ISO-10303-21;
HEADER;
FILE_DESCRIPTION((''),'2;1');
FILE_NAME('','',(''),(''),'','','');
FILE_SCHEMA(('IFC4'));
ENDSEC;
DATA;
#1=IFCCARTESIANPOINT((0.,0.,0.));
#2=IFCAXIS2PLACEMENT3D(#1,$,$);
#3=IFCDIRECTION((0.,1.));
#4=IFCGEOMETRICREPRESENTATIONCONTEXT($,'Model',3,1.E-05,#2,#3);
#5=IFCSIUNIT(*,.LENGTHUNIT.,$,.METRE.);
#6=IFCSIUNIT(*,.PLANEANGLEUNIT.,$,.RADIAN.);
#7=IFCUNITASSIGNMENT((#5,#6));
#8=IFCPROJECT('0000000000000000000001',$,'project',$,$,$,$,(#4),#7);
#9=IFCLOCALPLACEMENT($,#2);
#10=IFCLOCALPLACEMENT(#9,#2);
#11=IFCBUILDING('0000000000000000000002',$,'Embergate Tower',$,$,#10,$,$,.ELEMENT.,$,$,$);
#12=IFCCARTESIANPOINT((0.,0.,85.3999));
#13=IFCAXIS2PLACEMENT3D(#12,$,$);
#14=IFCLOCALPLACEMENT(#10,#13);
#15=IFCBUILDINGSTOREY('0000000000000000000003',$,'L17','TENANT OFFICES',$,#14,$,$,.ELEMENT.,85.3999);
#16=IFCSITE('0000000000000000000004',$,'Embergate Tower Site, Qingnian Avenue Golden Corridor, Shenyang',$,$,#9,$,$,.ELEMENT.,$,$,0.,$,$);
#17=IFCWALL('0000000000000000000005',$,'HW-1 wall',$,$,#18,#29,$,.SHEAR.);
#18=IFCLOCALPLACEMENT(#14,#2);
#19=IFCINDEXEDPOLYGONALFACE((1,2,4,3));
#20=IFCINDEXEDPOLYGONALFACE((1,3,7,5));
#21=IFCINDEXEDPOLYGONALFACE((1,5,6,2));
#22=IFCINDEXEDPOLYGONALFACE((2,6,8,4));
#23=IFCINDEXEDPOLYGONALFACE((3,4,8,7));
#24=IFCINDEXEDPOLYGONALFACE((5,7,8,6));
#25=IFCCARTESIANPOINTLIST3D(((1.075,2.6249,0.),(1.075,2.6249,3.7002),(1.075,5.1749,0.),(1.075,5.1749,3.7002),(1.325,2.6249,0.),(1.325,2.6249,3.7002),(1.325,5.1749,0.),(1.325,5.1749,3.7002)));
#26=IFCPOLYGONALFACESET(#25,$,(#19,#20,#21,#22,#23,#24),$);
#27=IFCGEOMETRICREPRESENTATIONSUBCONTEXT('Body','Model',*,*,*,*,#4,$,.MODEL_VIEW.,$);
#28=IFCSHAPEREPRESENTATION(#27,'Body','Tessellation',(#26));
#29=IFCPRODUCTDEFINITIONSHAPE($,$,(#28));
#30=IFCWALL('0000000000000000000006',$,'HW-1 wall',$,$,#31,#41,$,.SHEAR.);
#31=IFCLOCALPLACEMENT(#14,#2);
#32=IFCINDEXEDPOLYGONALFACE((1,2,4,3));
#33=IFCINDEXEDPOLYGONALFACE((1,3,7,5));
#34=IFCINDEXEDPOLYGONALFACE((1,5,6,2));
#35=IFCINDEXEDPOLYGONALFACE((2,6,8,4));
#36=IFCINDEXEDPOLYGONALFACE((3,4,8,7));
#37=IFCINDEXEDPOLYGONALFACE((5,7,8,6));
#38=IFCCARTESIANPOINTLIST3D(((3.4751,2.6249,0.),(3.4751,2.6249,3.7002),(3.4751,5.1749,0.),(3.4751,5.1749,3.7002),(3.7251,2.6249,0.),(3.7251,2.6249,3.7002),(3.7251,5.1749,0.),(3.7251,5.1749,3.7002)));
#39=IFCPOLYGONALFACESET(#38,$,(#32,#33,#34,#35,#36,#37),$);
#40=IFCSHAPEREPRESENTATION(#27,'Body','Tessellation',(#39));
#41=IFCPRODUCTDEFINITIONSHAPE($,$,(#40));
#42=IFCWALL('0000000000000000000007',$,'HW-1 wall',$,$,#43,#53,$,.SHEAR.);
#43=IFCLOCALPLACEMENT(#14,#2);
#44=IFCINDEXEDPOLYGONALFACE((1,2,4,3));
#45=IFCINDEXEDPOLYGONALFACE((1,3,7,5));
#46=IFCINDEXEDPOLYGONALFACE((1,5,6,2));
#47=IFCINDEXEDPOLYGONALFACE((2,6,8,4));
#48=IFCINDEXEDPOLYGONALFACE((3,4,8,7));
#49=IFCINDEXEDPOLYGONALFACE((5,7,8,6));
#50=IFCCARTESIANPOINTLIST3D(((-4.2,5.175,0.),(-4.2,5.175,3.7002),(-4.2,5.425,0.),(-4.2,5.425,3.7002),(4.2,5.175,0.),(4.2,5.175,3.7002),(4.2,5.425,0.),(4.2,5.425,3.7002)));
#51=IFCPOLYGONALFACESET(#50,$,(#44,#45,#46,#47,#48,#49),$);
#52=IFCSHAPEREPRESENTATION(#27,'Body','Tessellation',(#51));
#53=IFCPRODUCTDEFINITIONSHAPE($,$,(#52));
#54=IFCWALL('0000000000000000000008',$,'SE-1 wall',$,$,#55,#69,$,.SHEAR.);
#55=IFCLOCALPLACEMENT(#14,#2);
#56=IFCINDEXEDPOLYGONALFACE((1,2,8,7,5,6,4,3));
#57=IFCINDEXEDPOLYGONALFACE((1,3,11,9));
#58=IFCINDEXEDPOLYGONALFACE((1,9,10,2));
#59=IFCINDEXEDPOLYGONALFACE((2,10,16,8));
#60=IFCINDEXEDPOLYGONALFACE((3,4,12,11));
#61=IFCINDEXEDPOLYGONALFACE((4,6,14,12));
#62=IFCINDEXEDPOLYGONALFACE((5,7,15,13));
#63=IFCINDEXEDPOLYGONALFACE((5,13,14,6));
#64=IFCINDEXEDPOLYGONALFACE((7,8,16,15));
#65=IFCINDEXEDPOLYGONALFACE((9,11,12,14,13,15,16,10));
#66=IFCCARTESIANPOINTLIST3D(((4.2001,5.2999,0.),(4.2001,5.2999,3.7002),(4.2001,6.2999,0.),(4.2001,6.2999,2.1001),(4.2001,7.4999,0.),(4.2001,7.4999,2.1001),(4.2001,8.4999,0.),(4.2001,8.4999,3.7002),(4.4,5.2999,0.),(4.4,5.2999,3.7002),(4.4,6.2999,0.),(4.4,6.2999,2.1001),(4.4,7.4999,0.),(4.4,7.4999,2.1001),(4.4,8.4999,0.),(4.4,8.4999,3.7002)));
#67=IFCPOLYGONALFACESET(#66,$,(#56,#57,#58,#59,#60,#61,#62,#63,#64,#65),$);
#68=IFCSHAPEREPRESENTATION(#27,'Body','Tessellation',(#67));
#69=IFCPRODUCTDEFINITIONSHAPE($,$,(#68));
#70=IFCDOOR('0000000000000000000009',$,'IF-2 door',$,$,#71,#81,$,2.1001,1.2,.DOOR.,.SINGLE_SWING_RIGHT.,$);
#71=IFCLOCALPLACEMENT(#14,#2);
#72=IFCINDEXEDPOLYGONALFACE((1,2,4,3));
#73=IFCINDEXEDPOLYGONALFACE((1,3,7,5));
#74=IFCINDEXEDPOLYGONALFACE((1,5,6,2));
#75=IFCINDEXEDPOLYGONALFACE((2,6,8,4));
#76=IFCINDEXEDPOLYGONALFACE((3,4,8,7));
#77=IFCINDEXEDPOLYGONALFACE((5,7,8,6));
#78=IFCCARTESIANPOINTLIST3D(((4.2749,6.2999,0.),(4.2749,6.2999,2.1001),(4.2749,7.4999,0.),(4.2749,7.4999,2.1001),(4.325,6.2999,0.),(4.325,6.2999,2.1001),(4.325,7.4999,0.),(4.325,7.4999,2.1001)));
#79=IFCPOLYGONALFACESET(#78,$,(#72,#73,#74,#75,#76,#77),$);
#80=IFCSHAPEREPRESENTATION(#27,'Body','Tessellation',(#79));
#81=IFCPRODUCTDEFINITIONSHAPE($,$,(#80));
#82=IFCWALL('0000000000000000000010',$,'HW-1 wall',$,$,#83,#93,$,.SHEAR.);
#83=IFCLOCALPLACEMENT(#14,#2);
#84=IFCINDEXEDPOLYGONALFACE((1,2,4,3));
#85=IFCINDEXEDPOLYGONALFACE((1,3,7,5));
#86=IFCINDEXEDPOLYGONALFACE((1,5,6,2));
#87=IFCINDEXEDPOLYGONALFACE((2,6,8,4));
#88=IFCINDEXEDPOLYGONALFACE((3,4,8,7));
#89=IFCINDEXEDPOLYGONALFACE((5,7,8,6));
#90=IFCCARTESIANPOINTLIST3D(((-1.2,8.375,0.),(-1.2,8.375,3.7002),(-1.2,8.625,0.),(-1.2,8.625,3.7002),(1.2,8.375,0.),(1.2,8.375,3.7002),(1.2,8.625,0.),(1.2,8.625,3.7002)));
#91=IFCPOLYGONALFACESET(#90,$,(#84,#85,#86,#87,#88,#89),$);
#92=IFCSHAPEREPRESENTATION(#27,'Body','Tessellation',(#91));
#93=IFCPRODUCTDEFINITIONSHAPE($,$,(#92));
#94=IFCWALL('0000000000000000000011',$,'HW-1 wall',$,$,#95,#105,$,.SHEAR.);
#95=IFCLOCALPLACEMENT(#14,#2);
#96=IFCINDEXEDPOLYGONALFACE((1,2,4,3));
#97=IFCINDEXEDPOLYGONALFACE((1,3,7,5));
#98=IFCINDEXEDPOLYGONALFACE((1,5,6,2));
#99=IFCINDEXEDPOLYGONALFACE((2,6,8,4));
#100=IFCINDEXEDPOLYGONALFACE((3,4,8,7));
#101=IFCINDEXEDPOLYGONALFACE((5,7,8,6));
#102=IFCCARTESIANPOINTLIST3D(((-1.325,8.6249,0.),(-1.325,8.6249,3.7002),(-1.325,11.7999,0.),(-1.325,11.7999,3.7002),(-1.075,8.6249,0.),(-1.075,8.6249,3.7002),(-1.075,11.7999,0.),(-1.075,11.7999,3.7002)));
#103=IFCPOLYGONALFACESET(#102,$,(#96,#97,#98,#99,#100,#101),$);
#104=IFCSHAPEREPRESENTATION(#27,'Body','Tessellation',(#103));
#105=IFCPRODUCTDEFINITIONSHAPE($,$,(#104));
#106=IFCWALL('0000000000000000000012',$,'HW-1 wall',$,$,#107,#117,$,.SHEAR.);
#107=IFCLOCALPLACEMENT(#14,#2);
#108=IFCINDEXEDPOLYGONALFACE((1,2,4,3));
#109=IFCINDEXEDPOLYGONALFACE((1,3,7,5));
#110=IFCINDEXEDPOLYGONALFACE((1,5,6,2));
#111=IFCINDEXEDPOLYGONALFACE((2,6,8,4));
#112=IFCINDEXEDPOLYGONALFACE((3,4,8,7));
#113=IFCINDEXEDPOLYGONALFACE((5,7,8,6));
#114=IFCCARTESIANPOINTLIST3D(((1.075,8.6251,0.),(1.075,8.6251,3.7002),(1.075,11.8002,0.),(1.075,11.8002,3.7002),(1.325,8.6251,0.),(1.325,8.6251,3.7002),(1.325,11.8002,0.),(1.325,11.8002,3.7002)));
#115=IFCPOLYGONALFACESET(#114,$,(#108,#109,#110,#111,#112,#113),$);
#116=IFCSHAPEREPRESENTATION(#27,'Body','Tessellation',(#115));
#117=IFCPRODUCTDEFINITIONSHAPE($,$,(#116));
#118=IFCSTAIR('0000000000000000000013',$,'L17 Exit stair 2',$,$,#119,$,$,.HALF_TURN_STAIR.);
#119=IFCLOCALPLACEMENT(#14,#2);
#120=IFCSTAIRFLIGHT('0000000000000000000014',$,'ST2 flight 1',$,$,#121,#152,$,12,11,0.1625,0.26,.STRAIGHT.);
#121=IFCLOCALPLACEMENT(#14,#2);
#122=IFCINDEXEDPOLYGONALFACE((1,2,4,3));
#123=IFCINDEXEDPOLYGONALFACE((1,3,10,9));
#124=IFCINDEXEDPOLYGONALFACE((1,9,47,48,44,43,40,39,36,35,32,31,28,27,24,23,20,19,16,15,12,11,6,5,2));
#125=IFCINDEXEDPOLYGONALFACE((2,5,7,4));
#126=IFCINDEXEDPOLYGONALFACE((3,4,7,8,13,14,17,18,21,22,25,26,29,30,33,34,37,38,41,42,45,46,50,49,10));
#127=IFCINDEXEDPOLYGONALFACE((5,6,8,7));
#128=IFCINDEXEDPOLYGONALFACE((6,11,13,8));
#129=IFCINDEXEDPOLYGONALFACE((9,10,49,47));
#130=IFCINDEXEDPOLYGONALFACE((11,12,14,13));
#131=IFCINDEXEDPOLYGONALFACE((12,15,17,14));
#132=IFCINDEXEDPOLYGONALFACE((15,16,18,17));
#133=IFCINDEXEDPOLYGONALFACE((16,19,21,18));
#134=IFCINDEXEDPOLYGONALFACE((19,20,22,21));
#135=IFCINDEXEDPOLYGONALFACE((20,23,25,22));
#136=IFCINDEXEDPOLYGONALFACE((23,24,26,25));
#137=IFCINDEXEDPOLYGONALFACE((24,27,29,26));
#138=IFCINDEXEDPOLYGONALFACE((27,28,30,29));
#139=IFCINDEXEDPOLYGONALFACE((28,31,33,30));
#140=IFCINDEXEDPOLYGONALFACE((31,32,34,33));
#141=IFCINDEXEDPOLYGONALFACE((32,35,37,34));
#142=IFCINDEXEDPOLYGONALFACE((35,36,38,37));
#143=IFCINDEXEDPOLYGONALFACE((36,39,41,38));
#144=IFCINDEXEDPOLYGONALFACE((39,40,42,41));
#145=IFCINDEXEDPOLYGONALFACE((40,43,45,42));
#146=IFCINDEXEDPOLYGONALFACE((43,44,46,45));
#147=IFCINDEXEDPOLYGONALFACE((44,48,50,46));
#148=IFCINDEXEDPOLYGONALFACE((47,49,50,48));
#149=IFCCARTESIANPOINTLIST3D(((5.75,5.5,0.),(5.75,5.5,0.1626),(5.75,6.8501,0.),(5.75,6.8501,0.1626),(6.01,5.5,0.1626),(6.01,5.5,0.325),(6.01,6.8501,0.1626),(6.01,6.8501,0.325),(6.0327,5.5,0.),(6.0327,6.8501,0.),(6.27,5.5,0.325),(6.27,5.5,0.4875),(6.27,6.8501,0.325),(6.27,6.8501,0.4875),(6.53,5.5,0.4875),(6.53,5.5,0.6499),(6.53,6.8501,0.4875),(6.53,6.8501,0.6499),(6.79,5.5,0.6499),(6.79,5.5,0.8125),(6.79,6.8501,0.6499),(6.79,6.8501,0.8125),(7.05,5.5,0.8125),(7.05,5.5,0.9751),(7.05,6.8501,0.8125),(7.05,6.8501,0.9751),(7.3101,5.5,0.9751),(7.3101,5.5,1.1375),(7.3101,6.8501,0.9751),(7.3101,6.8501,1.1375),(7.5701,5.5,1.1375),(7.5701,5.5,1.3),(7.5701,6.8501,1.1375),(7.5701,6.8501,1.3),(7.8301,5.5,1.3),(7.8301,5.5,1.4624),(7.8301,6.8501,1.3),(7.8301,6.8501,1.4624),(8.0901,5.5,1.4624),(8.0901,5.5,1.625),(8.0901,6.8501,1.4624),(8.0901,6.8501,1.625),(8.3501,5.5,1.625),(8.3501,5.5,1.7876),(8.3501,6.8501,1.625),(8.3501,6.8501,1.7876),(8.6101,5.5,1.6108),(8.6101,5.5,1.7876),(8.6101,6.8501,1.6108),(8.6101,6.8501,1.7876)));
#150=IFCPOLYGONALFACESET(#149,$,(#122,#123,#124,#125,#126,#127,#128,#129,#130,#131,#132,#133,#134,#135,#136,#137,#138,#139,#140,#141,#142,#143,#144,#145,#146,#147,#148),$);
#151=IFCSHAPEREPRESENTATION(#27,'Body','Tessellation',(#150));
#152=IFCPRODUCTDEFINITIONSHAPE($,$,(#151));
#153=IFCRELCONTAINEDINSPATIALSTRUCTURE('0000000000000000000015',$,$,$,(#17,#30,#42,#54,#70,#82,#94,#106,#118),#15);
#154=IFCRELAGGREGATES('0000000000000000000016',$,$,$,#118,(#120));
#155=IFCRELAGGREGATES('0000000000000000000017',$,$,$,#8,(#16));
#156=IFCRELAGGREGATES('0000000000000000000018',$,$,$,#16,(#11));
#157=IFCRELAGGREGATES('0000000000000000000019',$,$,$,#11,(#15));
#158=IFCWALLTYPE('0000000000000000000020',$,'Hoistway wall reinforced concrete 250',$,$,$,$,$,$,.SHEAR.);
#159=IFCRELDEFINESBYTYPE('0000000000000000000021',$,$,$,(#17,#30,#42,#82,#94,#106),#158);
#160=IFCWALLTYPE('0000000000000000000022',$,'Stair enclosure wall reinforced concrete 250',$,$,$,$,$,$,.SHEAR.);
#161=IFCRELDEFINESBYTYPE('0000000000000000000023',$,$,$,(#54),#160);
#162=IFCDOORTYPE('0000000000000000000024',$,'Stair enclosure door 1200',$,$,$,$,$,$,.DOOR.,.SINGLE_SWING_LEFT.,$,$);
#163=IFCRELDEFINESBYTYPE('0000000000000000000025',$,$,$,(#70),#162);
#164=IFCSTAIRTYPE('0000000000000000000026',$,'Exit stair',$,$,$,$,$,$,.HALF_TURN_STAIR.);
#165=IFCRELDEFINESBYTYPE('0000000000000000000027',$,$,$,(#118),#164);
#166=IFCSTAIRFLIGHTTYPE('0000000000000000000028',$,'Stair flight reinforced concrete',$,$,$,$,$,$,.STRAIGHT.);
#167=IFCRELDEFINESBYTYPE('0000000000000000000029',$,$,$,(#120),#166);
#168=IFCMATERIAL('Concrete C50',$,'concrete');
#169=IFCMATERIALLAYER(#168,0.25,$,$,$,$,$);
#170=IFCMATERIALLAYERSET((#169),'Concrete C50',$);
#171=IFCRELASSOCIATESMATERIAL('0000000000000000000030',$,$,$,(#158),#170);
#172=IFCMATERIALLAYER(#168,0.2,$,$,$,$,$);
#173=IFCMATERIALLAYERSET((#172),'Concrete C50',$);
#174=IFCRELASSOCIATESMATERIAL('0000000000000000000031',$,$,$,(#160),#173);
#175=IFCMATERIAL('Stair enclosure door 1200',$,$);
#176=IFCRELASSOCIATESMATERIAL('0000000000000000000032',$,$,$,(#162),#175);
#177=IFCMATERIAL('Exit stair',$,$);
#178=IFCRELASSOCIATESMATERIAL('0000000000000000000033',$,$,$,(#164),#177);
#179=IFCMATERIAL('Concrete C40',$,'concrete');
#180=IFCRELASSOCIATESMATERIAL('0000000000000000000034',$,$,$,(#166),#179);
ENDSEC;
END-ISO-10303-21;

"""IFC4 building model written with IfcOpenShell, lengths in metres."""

from ifc_helpers import new_model, si_unit, direction, frame, frame_2d, origin, place, context, subcontext, project, spatial, polyline, rectangle, outline, extrude, source, transform, mapped, material, layer, layer_set, type_object, element, fill, aggregate, save


model = new_model("IFC4")

# Units and contexts
model_context = context("Model", 3, precision=1e-05, world=origin(), true_north=direction((0.0, 1.0)))
body_context = subcontext(model_context, "Body", "Model", "MODEL_VIEW")
ifc_project = project(units=[si_unit("LENGTHUNIT", "METRE"), si_unit("PLANEANGLEUNIT", "RADIAN")], contexts=[model_context])

# Site, building, storey
site_placement = place(None, origin())
site = spatial("IfcSite", under=ifc_project, at=site_placement, Name="Embergate Tower Site, Qingnian Avenue Golden Corridor, Shenyang", CompositionType="ELEMENT", RefElevation=0.0)
building_placement = place(site_placement, origin())
building = spatial("IfcBuilding", under=site, at=building_placement, Name="Embergate Tower", CompositionType="ELEMENT")
storey_placement = place(building_placement, frame((0.0, 0.0, 85.3999)))
storey = spatial("IfcBuildingStorey", under=building, at=storey_placement, Name="L17", Description="TENANT OFFICES", CompositionType="ELEMENT", Elevation=85.3999)

# Shared definitions
shared_shape_1 = source(origin(), body_context, "Body", "SweptSolid", [
    extrude(rectangle(XDim=1.2, YDim=2.1001, at=frame_2d((0.6001, 1.05))), frame((0.0, 0.0249, 0.0), z_axis=(0.0, -1.0, 0.0), x_axis=(1.0, 0.0, 0.0)), (0.0, 0.0, 1.0), 0.05),
])

# Walls
ifc_material_1 = material(Name="Concrete C50", Category="concrete")
ifc_layer_1 = layer(ifc_material_1, 0.25)
ifc_layer_set_1 = layer_set([ifc_layer_1], Name="Concrete C50")
wall_type_1 = type_object("IfcWallType", Name="Hoistway wall reinforced concrete 250", PredefinedType="SHEAR", material=ifc_layer_set_1)
shared_shape_2 = source(origin(), body_context, "Body", "SweptSolid", [
    extrude(rectangle(XDim=2.55, YDim=0.25, at=frame_2d((1.2749, 0.0))), origin(), (0.0, 0.0, 1.0), 3.7002),
])
for number, where, z_axis, x_axis, name in (
    (1, (1.2, 2.625, 0.0), (0.0, 0.0, 1.0), (0.0, 1.0, 0.0), "HW-1 wall"),
    (2, (3.6001, 2.625, 0.0), (0.0, 0.0, 1.0), (0.0, 1.0, 0.0), "HW-1 wall"),
):
    element("IfcWall", number, at=place(storey_placement, frame(where, z_axis=z_axis, x_axis=x_axis)), inside=storey, type_object=wall_type_1, Name=name, PredefinedType="SHEAR", context=body_context, shape_type="MappedRepresentation", body=[
        mapped(shared_shape_2, transform((0.0, 0.0, 0.0))),
    ])
shared_shape_3 = source(origin(), body_context, "Body", "SweptSolid", [
    extrude(rectangle(XDim=8.3999, YDim=0.25, at=frame_2d((4.2, 0.0))), origin(), (0.0, 0.0, 1.0), 3.7002),
])
wall_1_placement = place(storey_placement, frame((4.2, 5.3, 0.0), z_axis=(0.0, 0.0, 1.0), x_axis=(-1.0, 0.0, 0.0)))
element("IfcWall", 3, at=wall_1_placement, inside=storey, type_object=wall_type_1, Name="HW-1 wall", PredefinedType="SHEAR", context=body_context, shape_type="MappedRepresentation", body=[
    mapped(shared_shape_3, transform((0.0, 0.0, 0.0))),
])

# Wall, opening, door
ifc_layer_2 = layer(ifc_material_1, 0.2)
ifc_layer_set_2 = layer_set([ifc_layer_2], Name="Concrete C50")
wall_type_2 = type_object("IfcWallType", Name="Stair enclosure wall reinforced concrete 250", PredefinedType="SHEAR", material=ifc_layer_set_2)
shared_shape_4 = source(origin(), body_context, "Body", "SweptSolid", [
    extrude(rectangle(XDim=3.2, YDim=0.2, at=frame_2d((1.6001, 0.0))), origin(), (0.0, 0.0, 1.0), 3.7002),
])
wall_2_placement = place(storey_placement, frame((4.3, 8.5, 0.0), z_axis=(0.0, 0.0, 1.0), x_axis=(0.0, -1.0, 0.0)))
wall_2 = element("IfcWall", 4, at=wall_2_placement, inside=storey, type_object=wall_type_2, Name="SE-1 wall", PredefinedType="SHEAR", context=body_context, shape_type="MappedRepresentation", body=[
    mapped(shared_shape_4, transform((0.0, 0.0, 0.0))),
])
shared_shape_5 = source(origin(), body_context, "Body", "SweptSolid", [
    extrude(rectangle(XDim=1.2, YDim=2.1001, at=frame_2d((0.6001, 1.05))), frame((0.0, 0.1099, 0.0), z_axis=(0.0, -1.0, 0.0), x_axis=(1.0, 0.0, 0.0)), (0.0, 0.0, 1.0), 0.22),
])
opening_1_placement = place(wall_2_placement, frame((1.0, 0.0, 0.0)))
opening_1 = element("IfcOpeningElement", 5, at=opening_1_placement, cuts=wall_2, PredefinedType="OPENING", context=body_context, shape_type="MappedRepresentation", body=[
    mapped(shared_shape_5, transform((0.0, 0.0, 0.0))),
])
ifc_material_2 = material(Name="Stair enclosure door 1200")
door_type_1 = type_object("IfcDoorType", Name="Stair enclosure door 1200", OperationType="SINGLE_SWING_LEFT", PredefinedType="DOOR", material=ifc_material_2)
door_1_placement = place(opening_1_placement, origin())
door_1 = element("IfcDoor", 6, at=door_1_placement, inside=storey, type_object=door_type_1, Name="IF-2 door", OperationType="SINGLE_SWING_RIGHT", OverallHeight=2.1001, OverallWidth=1.2, PredefinedType="DOOR", context=body_context, shape_type="MappedRepresentation", body=[
    mapped(shared_shape_1, transform((0.0, 0.0, 0.0))),
])
fill(opening_1, door_1)

# Walls
shared_shape_6 = source(origin(), body_context, "Body", "SweptSolid", [
    extrude(rectangle(XDim=2.3999, YDim=0.25, at=frame_2d((1.2, 0.0))), origin(), (0.0, 0.0, 1.0), 3.7002),
])
wall_3_placement = place(storey_placement, frame((1.2, 8.5, 0.0), z_axis=(0.0, 0.0, 1.0), x_axis=(-1.0, 0.0, 0.0)))
element("IfcWall", 7, at=wall_3_placement, inside=storey, type_object=wall_type_1, Name="HW-1 wall", PredefinedType="SHEAR", context=body_context, shape_type="MappedRepresentation", body=[
    mapped(shared_shape_6, transform((0.0, 0.0, 0.0))),
])
shared_shape_7 = source(origin(), body_context, "Body", "SweptSolid", [
    extrude(rectangle(XDim=3.175, YDim=0.25, at=frame_2d((1.5874, 0.0))), origin(), (0.0, 0.0, 1.0), 3.7002),
])
for number, where, z_axis, x_axis, name in (
    (8, (-1.2, 8.625, 0.0), (0.0, 0.0, 1.0), (0.0, 1.0, 0.0), "HW-1 wall"),
    (9, (1.2, 11.8, 0.0), (0.0, 0.0, 1.0), (0.0, -1.0, 0.0), "HW-1 wall"),
):
    element("IfcWall", number, at=place(storey_placement, frame(where, z_axis=z_axis, x_axis=x_axis)), inside=storey, type_object=wall_type_1, Name=name, PredefinedType="SHEAR", context=body_context, shape_type="MappedRepresentation", body=[
        mapped(shared_shape_7, transform((0.0, 0.0, 0.0))),
    ])

# Stair, stair flight
ifc_material_3 = material(Name="Exit stair")
stair_type = type_object("IfcStairType", Name="Exit stair", PredefinedType="HALF_TURN_STAIR", material=ifc_material_3)
stair_placement = place(storey_placement, origin())
stair = element("IfcStair", 10, at=stair_placement, inside=storey, type_object=stair_type, Name="L17 Exit stair 2", PredefinedType="HALF_TURN_STAIR")
ifc_material_4 = material(Name="Concrete C40", Category="concrete")
stair_flight_type = type_object("IfcStairFlightType", Name="Stair flight reinforced concrete", PredefinedType="STRAIGHT", material=ifc_material_4)
shared_shape_8 = source(origin(), body_context, "Body", "SweptSolid", [
    extrude(outline(polyline([(0.0, 0.0), (0.0, 0.1626), (0.26, 0.1626), (0.26, 0.325), (0.52, 0.325), (0.52, 0.4875), (0.78, 0.4875), (0.78, 0.6499), (1.04, 0.6499), (1.04, 0.8125), (1.3, 0.8125), (1.3, 0.9751), (1.5601, 0.9751), (1.5601, 1.1375), (1.8201, 1.1375), (1.8201, 1.3), (2.0801, 1.3), (2.0801, 1.4624), (2.3401, 1.4624), (2.3401, 1.625), (2.6001, 1.625), (2.6001, 1.7876), (2.8601, 1.7876), (2.8601, 1.95), (2.8601, 1.6108), (0.2827, 0.0), (0.0, 0.0)])), frame((0.0, 0.675, 0.0), z_axis=(0.0, -1.0, 0.0), x_axis=(1.0, 0.0, 0.0)), (0.0, 0.0, 1.0), 1.3501),
])
stair_flight_placement = place(storey_placement, frame((5.75, 6.175, 0.0), z_axis=(0.0, 0.0, 1.0), x_axis=(1.0, 0.0, 0.0)))
stair_flight = element("IfcStairFlight", 11, at=stair_flight_placement, type_object=stair_flight_type, Name="ST2 flight 1", NumberOfRisers=12, NumberOfTreads=11, PredefinedType="STRAIGHT", RiserHeight=0.1625, TreadLength=0.26, context=body_context, shape_type="MappedRepresentation", body=[
    mapped(shared_shape_8, transform((0.0, 0.0, 0.0))),
])
aggregate(stair, [stair_flight])

save(model, "model.ifc")
